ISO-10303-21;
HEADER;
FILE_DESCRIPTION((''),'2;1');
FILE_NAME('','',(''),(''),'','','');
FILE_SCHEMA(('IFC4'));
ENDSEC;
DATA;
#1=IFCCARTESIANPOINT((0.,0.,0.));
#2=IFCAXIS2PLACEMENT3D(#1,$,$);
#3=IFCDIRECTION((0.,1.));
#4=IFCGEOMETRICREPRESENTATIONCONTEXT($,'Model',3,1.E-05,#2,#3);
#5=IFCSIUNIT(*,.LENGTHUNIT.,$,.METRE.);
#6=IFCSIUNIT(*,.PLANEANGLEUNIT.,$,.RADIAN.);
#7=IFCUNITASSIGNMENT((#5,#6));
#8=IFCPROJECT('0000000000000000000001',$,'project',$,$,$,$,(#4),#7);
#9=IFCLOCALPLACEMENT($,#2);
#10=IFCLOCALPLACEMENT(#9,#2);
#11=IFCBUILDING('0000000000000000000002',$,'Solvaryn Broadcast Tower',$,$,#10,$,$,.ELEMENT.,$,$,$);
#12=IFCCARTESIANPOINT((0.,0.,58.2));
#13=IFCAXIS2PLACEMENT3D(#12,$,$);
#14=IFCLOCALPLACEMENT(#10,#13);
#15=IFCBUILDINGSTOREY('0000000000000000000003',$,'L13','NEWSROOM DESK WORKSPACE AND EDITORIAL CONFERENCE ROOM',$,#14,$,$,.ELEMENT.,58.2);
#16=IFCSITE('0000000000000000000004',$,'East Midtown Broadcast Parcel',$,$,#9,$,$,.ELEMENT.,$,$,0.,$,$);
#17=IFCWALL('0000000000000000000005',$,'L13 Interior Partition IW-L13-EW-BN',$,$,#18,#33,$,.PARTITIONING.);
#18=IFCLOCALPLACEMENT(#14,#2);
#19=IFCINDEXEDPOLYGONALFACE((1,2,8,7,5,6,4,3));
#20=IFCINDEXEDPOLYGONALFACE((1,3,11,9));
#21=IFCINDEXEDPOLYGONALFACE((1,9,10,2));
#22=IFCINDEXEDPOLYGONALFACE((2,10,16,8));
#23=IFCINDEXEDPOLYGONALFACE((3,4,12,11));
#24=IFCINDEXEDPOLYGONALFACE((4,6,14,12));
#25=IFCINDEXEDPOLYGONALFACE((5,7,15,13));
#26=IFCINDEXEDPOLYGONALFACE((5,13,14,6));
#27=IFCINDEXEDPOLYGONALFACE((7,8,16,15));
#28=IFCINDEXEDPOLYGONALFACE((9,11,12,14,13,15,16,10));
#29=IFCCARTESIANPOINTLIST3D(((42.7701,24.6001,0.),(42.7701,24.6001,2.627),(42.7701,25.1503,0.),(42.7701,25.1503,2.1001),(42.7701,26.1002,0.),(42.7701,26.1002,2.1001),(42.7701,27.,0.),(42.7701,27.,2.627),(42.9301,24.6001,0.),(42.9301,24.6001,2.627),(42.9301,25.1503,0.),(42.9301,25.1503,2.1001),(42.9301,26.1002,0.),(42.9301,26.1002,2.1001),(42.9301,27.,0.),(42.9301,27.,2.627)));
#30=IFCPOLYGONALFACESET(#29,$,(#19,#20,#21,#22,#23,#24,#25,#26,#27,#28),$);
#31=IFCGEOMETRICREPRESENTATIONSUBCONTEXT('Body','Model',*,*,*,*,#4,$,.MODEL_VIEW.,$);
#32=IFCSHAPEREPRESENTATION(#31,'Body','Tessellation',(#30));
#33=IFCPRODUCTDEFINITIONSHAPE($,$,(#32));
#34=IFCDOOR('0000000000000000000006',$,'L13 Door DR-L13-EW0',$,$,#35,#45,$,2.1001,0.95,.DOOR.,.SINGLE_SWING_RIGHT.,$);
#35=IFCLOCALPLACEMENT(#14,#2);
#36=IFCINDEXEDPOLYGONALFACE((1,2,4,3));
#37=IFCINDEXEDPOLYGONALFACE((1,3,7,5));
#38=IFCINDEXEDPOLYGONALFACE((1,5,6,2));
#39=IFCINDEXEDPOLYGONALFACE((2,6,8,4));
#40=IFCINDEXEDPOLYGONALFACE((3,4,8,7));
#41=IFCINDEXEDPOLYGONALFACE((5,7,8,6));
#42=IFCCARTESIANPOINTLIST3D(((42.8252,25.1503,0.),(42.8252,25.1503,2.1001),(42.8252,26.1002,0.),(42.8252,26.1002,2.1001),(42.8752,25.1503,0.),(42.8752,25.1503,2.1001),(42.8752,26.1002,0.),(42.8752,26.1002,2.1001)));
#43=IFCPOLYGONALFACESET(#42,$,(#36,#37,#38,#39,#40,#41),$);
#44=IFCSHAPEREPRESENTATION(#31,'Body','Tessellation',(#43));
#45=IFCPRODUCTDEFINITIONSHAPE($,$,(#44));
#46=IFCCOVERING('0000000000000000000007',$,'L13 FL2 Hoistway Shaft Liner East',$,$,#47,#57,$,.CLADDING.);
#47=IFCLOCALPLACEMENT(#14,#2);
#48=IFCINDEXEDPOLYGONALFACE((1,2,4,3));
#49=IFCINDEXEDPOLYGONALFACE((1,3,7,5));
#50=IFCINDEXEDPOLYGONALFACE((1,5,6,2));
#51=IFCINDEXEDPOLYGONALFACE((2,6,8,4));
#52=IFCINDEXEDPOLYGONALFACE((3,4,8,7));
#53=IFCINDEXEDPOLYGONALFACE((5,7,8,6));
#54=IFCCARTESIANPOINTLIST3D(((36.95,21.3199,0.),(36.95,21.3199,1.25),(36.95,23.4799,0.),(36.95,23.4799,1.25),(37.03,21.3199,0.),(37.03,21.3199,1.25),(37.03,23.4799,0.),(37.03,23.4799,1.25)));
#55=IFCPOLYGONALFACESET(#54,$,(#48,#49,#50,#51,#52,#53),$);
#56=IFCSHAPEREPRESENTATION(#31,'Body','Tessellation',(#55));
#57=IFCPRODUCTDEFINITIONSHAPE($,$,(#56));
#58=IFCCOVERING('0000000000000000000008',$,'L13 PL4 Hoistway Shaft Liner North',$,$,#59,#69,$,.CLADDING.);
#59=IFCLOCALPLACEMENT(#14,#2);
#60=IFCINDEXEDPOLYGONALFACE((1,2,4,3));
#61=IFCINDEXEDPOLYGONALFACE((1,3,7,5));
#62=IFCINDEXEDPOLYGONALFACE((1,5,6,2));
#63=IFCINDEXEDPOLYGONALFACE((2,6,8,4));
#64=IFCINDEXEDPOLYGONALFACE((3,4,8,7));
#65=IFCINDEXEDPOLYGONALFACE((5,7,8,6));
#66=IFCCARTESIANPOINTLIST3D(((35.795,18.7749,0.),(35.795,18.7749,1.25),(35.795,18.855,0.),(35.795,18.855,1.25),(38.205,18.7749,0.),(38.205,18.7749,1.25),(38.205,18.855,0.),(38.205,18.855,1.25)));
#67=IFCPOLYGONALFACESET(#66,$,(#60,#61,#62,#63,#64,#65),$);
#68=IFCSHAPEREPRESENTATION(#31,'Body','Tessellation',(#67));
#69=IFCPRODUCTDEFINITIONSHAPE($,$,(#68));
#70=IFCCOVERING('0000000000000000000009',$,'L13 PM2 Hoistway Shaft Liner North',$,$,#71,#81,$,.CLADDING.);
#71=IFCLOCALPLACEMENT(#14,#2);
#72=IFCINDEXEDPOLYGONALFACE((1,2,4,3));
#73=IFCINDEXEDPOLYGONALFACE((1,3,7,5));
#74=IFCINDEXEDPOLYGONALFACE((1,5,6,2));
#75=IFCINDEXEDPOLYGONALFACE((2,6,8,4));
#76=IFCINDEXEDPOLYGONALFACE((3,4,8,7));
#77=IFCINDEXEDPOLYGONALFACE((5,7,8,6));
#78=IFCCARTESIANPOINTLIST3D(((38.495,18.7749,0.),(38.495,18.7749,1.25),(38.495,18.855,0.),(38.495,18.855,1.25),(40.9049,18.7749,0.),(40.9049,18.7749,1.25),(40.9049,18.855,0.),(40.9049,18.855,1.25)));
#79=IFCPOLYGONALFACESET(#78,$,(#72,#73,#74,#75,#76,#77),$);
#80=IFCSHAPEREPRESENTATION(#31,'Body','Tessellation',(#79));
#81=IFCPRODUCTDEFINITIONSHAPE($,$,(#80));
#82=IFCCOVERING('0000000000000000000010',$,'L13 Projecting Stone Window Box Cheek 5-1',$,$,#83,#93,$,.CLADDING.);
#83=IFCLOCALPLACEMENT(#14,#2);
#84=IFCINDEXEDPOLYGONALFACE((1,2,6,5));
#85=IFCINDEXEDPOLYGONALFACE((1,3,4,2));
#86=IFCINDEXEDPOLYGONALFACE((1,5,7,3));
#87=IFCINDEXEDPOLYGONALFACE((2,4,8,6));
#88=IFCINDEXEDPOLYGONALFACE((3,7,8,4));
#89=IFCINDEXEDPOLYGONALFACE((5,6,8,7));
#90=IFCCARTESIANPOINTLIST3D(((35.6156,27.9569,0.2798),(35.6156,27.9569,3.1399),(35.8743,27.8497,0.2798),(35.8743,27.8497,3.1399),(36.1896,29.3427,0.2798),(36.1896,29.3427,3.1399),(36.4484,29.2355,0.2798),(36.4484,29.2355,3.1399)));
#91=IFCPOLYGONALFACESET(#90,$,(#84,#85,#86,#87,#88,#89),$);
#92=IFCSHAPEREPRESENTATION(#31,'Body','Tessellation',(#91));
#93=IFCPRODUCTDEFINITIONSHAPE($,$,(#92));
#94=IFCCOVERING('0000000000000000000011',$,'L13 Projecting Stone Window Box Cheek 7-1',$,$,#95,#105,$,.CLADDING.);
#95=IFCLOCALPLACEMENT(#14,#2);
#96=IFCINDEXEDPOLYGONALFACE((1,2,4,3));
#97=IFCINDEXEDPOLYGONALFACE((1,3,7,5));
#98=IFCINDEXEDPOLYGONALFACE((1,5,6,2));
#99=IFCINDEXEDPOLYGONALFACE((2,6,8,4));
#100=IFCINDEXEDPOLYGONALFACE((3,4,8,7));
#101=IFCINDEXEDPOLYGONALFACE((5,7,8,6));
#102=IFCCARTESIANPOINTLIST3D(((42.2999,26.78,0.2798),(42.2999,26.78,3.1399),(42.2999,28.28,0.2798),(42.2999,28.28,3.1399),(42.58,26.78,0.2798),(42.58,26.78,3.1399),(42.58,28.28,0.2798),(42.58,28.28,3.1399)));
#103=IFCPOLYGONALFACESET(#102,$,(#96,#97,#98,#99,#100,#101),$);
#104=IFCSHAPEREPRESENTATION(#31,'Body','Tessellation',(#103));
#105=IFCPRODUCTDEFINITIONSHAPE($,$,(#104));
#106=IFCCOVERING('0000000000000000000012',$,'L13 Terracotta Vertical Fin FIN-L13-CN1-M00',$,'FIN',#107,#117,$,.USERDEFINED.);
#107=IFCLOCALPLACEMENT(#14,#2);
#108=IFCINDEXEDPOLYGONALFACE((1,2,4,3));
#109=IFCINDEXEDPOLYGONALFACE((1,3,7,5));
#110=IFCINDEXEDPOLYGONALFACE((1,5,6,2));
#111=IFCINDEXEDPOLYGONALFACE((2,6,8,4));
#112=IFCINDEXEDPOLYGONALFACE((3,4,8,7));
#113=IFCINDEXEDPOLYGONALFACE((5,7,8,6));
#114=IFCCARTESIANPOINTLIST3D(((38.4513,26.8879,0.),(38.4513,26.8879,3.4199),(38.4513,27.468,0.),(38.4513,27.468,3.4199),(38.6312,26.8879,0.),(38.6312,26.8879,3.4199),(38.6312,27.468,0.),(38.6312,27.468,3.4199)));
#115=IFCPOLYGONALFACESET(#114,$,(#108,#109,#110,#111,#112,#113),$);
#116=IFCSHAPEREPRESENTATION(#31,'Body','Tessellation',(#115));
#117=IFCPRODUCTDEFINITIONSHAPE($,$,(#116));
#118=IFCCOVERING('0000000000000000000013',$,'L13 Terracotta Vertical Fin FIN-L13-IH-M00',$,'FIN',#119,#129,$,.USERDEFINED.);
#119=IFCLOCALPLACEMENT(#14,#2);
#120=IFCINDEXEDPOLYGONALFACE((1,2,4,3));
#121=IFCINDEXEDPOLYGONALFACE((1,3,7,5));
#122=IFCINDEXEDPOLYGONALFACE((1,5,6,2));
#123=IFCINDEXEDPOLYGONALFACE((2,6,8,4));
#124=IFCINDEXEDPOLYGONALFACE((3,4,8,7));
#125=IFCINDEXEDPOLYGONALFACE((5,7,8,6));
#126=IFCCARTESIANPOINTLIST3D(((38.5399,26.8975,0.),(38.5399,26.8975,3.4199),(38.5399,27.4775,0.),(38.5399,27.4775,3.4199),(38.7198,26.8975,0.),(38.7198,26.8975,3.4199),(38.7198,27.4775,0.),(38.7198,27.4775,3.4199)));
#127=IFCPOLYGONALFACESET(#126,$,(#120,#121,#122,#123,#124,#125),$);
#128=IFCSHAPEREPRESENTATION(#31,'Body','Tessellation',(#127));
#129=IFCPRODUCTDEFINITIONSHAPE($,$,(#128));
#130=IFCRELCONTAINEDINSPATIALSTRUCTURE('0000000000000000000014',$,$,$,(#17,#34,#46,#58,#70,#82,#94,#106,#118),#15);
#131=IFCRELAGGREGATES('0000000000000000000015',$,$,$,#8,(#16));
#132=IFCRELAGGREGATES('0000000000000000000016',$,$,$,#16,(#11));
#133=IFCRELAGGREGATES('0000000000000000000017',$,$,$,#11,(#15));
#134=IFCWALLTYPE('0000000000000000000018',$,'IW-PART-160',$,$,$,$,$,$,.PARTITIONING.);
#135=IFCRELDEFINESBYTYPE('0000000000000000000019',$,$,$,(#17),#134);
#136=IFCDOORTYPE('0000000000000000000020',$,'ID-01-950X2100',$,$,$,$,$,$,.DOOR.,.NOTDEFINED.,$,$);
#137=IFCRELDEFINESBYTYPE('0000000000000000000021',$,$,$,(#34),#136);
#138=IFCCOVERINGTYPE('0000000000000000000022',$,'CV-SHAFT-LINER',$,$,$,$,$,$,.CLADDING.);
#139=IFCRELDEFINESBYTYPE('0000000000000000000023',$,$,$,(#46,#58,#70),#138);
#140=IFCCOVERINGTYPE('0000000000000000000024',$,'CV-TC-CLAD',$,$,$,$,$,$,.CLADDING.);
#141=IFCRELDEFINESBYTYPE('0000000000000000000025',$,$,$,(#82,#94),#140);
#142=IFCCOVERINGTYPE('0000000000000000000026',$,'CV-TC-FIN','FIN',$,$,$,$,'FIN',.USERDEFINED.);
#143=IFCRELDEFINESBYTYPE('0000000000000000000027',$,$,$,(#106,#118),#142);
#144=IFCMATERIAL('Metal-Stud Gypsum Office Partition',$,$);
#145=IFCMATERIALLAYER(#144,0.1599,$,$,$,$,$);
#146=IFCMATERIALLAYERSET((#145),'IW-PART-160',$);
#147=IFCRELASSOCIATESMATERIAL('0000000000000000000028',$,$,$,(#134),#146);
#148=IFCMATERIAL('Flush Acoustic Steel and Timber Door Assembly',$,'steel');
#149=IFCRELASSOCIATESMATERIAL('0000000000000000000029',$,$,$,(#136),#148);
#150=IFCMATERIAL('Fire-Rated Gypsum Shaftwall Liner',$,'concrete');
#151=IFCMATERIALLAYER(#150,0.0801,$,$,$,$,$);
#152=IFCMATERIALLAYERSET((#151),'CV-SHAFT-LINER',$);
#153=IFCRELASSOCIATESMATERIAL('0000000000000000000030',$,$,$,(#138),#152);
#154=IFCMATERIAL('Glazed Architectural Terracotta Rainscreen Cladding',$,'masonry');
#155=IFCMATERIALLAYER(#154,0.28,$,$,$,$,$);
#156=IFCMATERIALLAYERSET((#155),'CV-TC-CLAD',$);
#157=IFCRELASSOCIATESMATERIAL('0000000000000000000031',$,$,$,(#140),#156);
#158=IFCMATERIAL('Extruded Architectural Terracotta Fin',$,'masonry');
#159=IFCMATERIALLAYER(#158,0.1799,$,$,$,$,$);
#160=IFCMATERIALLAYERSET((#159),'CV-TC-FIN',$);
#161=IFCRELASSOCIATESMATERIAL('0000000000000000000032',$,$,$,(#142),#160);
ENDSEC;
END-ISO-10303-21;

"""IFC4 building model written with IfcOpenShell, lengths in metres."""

from ifc_helpers import new_model, si_unit, direction, frame, frame_2d, origin, origin_2d, place, context, subcontext, project, spatial, rectangle, extrude, material, layer, layer_set, type_object, element, fill, save


model = new_model("IFC4")

# Units and contexts
model_context = context("Model", 3, precision=1e-05, world=origin(), true_north=direction((0.0, 1.0)))
body_context = subcontext(model_context, "Body", "Model", "MODEL_VIEW")
ifc_project = project(units=[si_unit("LENGTHUNIT", "METRE"), si_unit("PLANEANGLEUNIT", "RADIAN")], contexts=[model_context])

# Site, building, storey
site_placement = place(None, origin())
site = spatial("IfcSite", under=ifc_project, at=site_placement, Name="East Midtown Broadcast Parcel", CompositionType="ELEMENT", RefElevation=0.0)
building_placement = place(site_placement, origin())
building = spatial("IfcBuilding", under=site, at=building_placement, Name="Solvaryn Broadcast Tower", CompositionType="ELEMENT")
storey_placement = place(building_placement, frame((0.0, 0.0, 58.2)))
storey = spatial("IfcBuildingStorey", under=building, at=storey_placement, Name="L13", Description="NEWSROOM DESK WORKSPACE AND EDITORIAL CONFERENCE ROOM", CompositionType="ELEMENT", Elevation=58.2)

# Wall, opening, door
ifc_material_1 = material(Name="Metal-Stud Gypsum Office Partition")
ifc_layer_1 = layer(ifc_material_1, 0.1599)
ifc_layer_set_1 = layer_set([ifc_layer_1], Name="IW-PART-160")
wall_type_1 = type_object("IfcWallType", Name="IW-PART-160", PredefinedType="PARTITIONING", material=ifc_layer_set_1)
wall_placement = place(storey_placement, frame((42.8501, 24.6001, 0.0), z_axis=(0.0, 0.0, 1.0), x_axis=(0.0, 1.0, 0.0)))
wall = element("IfcWall", 1, at=wall_placement, inside=storey, type_object=wall_type_1, Name="L13 Interior Partition IW-L13-EW-BN", PredefinedType="PARTITIONING", context=body_context, shape_type="SweptSolid", body=[
    extrude(rectangle(XDim=2.3999, YDim=0.1599, at=frame_2d((1.2, 0.0))), origin(), (0.0, 0.0, 1.0), 2.627),
])
opening_placement = place(wall_placement, frame((0.55, 0.0, 0.0)))
opening = element("IfcOpeningElement", 2, at=opening_placement, cuts=wall, PredefinedType="OPENING", context=body_context, shape_type="SweptSolid", body=[
    extrude(rectangle(XDim=0.95, YDim=2.1001, at=frame_2d((0.4751, 1.05))), frame((0.0, 0.0901, 0.0), z_axis=(0.0, -1.0, 0.0), x_axis=(1.0, 0.0, 0.0)), (0.0, 0.0, 1.0), 0.1799),
])
ifc_material_2 = material(Name="Flush Acoustic Steel and Timber Door Assembly", Category="steel")
door_type = type_object("IfcDoorType", Name="ID-01-950X2100", OperationType="NOTDEFINED", PredefinedType="DOOR", material=ifc_material_2)
door_placement = place(opening_placement, origin())
door = element("IfcDoor", 3, at=door_placement, inside=storey, type_object=door_type, Name="L13 Door DR-L13-EW0", OperationType="SINGLE_SWING_RIGHT", OverallHeight=2.1001, OverallWidth=0.95, PredefinedType="DOOR", context=body_context, shape_type="SweptSolid", body=[
    extrude(rectangle(XDim=0.95, YDim=2.1001, at=frame_2d((0.4751, 1.05))), frame((0.0, 0.0249, 0.0), z_axis=(0.0, -1.0, 0.0), x_axis=(1.0, 0.0, 0.0)), (0.0, 0.0, 1.0), 0.05),
])
fill(opening, door)

# Coverings
ifc_material_3 = material(Name="Fire-Rated Gypsum Shaftwall Liner", Category="concrete")
ifc_layer_2 = layer(ifc_material_3, 0.0801)
ifc_layer_set_2 = layer_set([ifc_layer_2], Name="CV-SHAFT-LINER")
covering_type_1 = type_object("IfcCoveringType", Name="CV-SHAFT-LINER", PredefinedType="CLADDING", material=ifc_layer_set_2)
covering_placement = place(storey_placement, frame((36.99, 22.3999, 0.0), z_axis=(0.0, 0.0, 1.0), x_axis=(1.0, 0.0, 0.0)))
element("IfcCovering", 4, at=covering_placement, inside=storey, type_object=covering_type_1, Name="L13 FL2 Hoistway Shaft Liner East", PredefinedType="CLADDING", context=body_context, shape_type="SweptSolid", body=[
    extrude(rectangle(XDim=0.0801, YDim=2.1599, at=origin_2d()), origin(), (0.0, 0.0, 1.0), 1.25),
])
for number, where, z_axis, x_axis, name in (
    (5, (37.0, 18.8149, 0.0), (0.0, 0.0, 1.0), (1.0, 0.0, 0.0), "L13 PL4 Hoistway Shaft Liner North"),
    (6, (39.7, 18.8149, 0.0), (0.0, 0.0, 1.0), (1.0, 0.0, 0.0), "L13 PM2 Hoistway Shaft Liner North"),
):
    element("IfcCovering", number, at=place(storey_placement, frame(where, z_axis=z_axis, x_axis=x_axis)), inside=storey, type_object=covering_type_1, Name=name, PredefinedType="CLADDING", context=body_context, shape_type="SweptSolid", body=[
        extrude(rectangle(XDim=2.4099, YDim=0.0801, at=origin_2d()), origin(), (0.0, 0.0, 1.0), 1.25),
    ])
ifc_material_4 = material(Name="Glazed Architectural Terracotta Rainscreen Cladding", Category="masonry")
ifc_layer_3 = layer(ifc_material_4, 0.28)
ifc_layer_set_3 = layer_set([ifc_layer_3], Name="CV-TC-CLAD")
covering_type_2 = type_object("IfcCoveringType", Name="CV-TC-CLAD", PredefinedType="CLADDING", material=ifc_layer_set_3)
for number, where, z_axis, x_axis, name in (
    (7, (36.032, 28.5962, 0.2798), (0.0, 0.0, 1.0), (-0.92388, 0.382683, 0.0), "L13 Projecting Stone Window Box Cheek 5-1"),
    (8, (42.4399, 27.53, 0.2798), (0.0, 0.0, 1.0), (1.0, 0.0, 0.0), "L13 Projecting Stone Window Box Cheek 7-1"),
):
    element("IfcCovering", number, at=place(storey_placement, frame(where, z_axis=z_axis, x_axis=x_axis)), inside=storey, type_object=covering_type_2, Name=name, PredefinedType="CLADDING", context=body_context, shape_type="SweptSolid", body=[
        extrude(rectangle(XDim=0.28, YDim=1.5, at=origin_2d()), origin(), (0.0, 0.0, 1.0), 2.8601),
    ])
ifc_material_5 = material(Name="Extruded Architectural Terracotta Fin", Category="masonry")
ifc_layer_4 = layer(ifc_material_5, 0.1799)
ifc_layer_set_4 = layer_set([ifc_layer_4], Name="CV-TC-FIN")
covering_type_3 = type_object("IfcCoveringType", Name="CV-TC-FIN", Description="FIN", ElementType="FIN", PredefinedType="USERDEFINED", material=ifc_layer_set_4)
for number, where, z_axis, x_axis, name in (
    (9, (38.5413, 27.178, 0.0), (0.0, 0.0, 1.0), (1.0, 0.0, 0.0), "L13 Terracotta Vertical Fin FIN-L13-CN1-M00"),
    (10, (38.6299, 27.1875, 0.0), (0.0, 0.0, 1.0), (1.0, 0.0, 0.0), "L13 Terracotta Vertical Fin FIN-L13-IH-M00"),
):
    element("IfcCovering", number, at=place(storey_placement, frame(where, z_axis=z_axis, x_axis=x_axis)), inside=storey, type_object=covering_type_3, Name=name, ObjectType="FIN", PredefinedType="USERDEFINED", context=body_context, shape_type="SweptSolid", body=[
        extrude(rectangle(XDim=0.1799, YDim=0.5801, at=origin_2d()), origin(), (0.0, 0.0, 1.0), 3.4199),
    ])

save(model, "model.ifc")
